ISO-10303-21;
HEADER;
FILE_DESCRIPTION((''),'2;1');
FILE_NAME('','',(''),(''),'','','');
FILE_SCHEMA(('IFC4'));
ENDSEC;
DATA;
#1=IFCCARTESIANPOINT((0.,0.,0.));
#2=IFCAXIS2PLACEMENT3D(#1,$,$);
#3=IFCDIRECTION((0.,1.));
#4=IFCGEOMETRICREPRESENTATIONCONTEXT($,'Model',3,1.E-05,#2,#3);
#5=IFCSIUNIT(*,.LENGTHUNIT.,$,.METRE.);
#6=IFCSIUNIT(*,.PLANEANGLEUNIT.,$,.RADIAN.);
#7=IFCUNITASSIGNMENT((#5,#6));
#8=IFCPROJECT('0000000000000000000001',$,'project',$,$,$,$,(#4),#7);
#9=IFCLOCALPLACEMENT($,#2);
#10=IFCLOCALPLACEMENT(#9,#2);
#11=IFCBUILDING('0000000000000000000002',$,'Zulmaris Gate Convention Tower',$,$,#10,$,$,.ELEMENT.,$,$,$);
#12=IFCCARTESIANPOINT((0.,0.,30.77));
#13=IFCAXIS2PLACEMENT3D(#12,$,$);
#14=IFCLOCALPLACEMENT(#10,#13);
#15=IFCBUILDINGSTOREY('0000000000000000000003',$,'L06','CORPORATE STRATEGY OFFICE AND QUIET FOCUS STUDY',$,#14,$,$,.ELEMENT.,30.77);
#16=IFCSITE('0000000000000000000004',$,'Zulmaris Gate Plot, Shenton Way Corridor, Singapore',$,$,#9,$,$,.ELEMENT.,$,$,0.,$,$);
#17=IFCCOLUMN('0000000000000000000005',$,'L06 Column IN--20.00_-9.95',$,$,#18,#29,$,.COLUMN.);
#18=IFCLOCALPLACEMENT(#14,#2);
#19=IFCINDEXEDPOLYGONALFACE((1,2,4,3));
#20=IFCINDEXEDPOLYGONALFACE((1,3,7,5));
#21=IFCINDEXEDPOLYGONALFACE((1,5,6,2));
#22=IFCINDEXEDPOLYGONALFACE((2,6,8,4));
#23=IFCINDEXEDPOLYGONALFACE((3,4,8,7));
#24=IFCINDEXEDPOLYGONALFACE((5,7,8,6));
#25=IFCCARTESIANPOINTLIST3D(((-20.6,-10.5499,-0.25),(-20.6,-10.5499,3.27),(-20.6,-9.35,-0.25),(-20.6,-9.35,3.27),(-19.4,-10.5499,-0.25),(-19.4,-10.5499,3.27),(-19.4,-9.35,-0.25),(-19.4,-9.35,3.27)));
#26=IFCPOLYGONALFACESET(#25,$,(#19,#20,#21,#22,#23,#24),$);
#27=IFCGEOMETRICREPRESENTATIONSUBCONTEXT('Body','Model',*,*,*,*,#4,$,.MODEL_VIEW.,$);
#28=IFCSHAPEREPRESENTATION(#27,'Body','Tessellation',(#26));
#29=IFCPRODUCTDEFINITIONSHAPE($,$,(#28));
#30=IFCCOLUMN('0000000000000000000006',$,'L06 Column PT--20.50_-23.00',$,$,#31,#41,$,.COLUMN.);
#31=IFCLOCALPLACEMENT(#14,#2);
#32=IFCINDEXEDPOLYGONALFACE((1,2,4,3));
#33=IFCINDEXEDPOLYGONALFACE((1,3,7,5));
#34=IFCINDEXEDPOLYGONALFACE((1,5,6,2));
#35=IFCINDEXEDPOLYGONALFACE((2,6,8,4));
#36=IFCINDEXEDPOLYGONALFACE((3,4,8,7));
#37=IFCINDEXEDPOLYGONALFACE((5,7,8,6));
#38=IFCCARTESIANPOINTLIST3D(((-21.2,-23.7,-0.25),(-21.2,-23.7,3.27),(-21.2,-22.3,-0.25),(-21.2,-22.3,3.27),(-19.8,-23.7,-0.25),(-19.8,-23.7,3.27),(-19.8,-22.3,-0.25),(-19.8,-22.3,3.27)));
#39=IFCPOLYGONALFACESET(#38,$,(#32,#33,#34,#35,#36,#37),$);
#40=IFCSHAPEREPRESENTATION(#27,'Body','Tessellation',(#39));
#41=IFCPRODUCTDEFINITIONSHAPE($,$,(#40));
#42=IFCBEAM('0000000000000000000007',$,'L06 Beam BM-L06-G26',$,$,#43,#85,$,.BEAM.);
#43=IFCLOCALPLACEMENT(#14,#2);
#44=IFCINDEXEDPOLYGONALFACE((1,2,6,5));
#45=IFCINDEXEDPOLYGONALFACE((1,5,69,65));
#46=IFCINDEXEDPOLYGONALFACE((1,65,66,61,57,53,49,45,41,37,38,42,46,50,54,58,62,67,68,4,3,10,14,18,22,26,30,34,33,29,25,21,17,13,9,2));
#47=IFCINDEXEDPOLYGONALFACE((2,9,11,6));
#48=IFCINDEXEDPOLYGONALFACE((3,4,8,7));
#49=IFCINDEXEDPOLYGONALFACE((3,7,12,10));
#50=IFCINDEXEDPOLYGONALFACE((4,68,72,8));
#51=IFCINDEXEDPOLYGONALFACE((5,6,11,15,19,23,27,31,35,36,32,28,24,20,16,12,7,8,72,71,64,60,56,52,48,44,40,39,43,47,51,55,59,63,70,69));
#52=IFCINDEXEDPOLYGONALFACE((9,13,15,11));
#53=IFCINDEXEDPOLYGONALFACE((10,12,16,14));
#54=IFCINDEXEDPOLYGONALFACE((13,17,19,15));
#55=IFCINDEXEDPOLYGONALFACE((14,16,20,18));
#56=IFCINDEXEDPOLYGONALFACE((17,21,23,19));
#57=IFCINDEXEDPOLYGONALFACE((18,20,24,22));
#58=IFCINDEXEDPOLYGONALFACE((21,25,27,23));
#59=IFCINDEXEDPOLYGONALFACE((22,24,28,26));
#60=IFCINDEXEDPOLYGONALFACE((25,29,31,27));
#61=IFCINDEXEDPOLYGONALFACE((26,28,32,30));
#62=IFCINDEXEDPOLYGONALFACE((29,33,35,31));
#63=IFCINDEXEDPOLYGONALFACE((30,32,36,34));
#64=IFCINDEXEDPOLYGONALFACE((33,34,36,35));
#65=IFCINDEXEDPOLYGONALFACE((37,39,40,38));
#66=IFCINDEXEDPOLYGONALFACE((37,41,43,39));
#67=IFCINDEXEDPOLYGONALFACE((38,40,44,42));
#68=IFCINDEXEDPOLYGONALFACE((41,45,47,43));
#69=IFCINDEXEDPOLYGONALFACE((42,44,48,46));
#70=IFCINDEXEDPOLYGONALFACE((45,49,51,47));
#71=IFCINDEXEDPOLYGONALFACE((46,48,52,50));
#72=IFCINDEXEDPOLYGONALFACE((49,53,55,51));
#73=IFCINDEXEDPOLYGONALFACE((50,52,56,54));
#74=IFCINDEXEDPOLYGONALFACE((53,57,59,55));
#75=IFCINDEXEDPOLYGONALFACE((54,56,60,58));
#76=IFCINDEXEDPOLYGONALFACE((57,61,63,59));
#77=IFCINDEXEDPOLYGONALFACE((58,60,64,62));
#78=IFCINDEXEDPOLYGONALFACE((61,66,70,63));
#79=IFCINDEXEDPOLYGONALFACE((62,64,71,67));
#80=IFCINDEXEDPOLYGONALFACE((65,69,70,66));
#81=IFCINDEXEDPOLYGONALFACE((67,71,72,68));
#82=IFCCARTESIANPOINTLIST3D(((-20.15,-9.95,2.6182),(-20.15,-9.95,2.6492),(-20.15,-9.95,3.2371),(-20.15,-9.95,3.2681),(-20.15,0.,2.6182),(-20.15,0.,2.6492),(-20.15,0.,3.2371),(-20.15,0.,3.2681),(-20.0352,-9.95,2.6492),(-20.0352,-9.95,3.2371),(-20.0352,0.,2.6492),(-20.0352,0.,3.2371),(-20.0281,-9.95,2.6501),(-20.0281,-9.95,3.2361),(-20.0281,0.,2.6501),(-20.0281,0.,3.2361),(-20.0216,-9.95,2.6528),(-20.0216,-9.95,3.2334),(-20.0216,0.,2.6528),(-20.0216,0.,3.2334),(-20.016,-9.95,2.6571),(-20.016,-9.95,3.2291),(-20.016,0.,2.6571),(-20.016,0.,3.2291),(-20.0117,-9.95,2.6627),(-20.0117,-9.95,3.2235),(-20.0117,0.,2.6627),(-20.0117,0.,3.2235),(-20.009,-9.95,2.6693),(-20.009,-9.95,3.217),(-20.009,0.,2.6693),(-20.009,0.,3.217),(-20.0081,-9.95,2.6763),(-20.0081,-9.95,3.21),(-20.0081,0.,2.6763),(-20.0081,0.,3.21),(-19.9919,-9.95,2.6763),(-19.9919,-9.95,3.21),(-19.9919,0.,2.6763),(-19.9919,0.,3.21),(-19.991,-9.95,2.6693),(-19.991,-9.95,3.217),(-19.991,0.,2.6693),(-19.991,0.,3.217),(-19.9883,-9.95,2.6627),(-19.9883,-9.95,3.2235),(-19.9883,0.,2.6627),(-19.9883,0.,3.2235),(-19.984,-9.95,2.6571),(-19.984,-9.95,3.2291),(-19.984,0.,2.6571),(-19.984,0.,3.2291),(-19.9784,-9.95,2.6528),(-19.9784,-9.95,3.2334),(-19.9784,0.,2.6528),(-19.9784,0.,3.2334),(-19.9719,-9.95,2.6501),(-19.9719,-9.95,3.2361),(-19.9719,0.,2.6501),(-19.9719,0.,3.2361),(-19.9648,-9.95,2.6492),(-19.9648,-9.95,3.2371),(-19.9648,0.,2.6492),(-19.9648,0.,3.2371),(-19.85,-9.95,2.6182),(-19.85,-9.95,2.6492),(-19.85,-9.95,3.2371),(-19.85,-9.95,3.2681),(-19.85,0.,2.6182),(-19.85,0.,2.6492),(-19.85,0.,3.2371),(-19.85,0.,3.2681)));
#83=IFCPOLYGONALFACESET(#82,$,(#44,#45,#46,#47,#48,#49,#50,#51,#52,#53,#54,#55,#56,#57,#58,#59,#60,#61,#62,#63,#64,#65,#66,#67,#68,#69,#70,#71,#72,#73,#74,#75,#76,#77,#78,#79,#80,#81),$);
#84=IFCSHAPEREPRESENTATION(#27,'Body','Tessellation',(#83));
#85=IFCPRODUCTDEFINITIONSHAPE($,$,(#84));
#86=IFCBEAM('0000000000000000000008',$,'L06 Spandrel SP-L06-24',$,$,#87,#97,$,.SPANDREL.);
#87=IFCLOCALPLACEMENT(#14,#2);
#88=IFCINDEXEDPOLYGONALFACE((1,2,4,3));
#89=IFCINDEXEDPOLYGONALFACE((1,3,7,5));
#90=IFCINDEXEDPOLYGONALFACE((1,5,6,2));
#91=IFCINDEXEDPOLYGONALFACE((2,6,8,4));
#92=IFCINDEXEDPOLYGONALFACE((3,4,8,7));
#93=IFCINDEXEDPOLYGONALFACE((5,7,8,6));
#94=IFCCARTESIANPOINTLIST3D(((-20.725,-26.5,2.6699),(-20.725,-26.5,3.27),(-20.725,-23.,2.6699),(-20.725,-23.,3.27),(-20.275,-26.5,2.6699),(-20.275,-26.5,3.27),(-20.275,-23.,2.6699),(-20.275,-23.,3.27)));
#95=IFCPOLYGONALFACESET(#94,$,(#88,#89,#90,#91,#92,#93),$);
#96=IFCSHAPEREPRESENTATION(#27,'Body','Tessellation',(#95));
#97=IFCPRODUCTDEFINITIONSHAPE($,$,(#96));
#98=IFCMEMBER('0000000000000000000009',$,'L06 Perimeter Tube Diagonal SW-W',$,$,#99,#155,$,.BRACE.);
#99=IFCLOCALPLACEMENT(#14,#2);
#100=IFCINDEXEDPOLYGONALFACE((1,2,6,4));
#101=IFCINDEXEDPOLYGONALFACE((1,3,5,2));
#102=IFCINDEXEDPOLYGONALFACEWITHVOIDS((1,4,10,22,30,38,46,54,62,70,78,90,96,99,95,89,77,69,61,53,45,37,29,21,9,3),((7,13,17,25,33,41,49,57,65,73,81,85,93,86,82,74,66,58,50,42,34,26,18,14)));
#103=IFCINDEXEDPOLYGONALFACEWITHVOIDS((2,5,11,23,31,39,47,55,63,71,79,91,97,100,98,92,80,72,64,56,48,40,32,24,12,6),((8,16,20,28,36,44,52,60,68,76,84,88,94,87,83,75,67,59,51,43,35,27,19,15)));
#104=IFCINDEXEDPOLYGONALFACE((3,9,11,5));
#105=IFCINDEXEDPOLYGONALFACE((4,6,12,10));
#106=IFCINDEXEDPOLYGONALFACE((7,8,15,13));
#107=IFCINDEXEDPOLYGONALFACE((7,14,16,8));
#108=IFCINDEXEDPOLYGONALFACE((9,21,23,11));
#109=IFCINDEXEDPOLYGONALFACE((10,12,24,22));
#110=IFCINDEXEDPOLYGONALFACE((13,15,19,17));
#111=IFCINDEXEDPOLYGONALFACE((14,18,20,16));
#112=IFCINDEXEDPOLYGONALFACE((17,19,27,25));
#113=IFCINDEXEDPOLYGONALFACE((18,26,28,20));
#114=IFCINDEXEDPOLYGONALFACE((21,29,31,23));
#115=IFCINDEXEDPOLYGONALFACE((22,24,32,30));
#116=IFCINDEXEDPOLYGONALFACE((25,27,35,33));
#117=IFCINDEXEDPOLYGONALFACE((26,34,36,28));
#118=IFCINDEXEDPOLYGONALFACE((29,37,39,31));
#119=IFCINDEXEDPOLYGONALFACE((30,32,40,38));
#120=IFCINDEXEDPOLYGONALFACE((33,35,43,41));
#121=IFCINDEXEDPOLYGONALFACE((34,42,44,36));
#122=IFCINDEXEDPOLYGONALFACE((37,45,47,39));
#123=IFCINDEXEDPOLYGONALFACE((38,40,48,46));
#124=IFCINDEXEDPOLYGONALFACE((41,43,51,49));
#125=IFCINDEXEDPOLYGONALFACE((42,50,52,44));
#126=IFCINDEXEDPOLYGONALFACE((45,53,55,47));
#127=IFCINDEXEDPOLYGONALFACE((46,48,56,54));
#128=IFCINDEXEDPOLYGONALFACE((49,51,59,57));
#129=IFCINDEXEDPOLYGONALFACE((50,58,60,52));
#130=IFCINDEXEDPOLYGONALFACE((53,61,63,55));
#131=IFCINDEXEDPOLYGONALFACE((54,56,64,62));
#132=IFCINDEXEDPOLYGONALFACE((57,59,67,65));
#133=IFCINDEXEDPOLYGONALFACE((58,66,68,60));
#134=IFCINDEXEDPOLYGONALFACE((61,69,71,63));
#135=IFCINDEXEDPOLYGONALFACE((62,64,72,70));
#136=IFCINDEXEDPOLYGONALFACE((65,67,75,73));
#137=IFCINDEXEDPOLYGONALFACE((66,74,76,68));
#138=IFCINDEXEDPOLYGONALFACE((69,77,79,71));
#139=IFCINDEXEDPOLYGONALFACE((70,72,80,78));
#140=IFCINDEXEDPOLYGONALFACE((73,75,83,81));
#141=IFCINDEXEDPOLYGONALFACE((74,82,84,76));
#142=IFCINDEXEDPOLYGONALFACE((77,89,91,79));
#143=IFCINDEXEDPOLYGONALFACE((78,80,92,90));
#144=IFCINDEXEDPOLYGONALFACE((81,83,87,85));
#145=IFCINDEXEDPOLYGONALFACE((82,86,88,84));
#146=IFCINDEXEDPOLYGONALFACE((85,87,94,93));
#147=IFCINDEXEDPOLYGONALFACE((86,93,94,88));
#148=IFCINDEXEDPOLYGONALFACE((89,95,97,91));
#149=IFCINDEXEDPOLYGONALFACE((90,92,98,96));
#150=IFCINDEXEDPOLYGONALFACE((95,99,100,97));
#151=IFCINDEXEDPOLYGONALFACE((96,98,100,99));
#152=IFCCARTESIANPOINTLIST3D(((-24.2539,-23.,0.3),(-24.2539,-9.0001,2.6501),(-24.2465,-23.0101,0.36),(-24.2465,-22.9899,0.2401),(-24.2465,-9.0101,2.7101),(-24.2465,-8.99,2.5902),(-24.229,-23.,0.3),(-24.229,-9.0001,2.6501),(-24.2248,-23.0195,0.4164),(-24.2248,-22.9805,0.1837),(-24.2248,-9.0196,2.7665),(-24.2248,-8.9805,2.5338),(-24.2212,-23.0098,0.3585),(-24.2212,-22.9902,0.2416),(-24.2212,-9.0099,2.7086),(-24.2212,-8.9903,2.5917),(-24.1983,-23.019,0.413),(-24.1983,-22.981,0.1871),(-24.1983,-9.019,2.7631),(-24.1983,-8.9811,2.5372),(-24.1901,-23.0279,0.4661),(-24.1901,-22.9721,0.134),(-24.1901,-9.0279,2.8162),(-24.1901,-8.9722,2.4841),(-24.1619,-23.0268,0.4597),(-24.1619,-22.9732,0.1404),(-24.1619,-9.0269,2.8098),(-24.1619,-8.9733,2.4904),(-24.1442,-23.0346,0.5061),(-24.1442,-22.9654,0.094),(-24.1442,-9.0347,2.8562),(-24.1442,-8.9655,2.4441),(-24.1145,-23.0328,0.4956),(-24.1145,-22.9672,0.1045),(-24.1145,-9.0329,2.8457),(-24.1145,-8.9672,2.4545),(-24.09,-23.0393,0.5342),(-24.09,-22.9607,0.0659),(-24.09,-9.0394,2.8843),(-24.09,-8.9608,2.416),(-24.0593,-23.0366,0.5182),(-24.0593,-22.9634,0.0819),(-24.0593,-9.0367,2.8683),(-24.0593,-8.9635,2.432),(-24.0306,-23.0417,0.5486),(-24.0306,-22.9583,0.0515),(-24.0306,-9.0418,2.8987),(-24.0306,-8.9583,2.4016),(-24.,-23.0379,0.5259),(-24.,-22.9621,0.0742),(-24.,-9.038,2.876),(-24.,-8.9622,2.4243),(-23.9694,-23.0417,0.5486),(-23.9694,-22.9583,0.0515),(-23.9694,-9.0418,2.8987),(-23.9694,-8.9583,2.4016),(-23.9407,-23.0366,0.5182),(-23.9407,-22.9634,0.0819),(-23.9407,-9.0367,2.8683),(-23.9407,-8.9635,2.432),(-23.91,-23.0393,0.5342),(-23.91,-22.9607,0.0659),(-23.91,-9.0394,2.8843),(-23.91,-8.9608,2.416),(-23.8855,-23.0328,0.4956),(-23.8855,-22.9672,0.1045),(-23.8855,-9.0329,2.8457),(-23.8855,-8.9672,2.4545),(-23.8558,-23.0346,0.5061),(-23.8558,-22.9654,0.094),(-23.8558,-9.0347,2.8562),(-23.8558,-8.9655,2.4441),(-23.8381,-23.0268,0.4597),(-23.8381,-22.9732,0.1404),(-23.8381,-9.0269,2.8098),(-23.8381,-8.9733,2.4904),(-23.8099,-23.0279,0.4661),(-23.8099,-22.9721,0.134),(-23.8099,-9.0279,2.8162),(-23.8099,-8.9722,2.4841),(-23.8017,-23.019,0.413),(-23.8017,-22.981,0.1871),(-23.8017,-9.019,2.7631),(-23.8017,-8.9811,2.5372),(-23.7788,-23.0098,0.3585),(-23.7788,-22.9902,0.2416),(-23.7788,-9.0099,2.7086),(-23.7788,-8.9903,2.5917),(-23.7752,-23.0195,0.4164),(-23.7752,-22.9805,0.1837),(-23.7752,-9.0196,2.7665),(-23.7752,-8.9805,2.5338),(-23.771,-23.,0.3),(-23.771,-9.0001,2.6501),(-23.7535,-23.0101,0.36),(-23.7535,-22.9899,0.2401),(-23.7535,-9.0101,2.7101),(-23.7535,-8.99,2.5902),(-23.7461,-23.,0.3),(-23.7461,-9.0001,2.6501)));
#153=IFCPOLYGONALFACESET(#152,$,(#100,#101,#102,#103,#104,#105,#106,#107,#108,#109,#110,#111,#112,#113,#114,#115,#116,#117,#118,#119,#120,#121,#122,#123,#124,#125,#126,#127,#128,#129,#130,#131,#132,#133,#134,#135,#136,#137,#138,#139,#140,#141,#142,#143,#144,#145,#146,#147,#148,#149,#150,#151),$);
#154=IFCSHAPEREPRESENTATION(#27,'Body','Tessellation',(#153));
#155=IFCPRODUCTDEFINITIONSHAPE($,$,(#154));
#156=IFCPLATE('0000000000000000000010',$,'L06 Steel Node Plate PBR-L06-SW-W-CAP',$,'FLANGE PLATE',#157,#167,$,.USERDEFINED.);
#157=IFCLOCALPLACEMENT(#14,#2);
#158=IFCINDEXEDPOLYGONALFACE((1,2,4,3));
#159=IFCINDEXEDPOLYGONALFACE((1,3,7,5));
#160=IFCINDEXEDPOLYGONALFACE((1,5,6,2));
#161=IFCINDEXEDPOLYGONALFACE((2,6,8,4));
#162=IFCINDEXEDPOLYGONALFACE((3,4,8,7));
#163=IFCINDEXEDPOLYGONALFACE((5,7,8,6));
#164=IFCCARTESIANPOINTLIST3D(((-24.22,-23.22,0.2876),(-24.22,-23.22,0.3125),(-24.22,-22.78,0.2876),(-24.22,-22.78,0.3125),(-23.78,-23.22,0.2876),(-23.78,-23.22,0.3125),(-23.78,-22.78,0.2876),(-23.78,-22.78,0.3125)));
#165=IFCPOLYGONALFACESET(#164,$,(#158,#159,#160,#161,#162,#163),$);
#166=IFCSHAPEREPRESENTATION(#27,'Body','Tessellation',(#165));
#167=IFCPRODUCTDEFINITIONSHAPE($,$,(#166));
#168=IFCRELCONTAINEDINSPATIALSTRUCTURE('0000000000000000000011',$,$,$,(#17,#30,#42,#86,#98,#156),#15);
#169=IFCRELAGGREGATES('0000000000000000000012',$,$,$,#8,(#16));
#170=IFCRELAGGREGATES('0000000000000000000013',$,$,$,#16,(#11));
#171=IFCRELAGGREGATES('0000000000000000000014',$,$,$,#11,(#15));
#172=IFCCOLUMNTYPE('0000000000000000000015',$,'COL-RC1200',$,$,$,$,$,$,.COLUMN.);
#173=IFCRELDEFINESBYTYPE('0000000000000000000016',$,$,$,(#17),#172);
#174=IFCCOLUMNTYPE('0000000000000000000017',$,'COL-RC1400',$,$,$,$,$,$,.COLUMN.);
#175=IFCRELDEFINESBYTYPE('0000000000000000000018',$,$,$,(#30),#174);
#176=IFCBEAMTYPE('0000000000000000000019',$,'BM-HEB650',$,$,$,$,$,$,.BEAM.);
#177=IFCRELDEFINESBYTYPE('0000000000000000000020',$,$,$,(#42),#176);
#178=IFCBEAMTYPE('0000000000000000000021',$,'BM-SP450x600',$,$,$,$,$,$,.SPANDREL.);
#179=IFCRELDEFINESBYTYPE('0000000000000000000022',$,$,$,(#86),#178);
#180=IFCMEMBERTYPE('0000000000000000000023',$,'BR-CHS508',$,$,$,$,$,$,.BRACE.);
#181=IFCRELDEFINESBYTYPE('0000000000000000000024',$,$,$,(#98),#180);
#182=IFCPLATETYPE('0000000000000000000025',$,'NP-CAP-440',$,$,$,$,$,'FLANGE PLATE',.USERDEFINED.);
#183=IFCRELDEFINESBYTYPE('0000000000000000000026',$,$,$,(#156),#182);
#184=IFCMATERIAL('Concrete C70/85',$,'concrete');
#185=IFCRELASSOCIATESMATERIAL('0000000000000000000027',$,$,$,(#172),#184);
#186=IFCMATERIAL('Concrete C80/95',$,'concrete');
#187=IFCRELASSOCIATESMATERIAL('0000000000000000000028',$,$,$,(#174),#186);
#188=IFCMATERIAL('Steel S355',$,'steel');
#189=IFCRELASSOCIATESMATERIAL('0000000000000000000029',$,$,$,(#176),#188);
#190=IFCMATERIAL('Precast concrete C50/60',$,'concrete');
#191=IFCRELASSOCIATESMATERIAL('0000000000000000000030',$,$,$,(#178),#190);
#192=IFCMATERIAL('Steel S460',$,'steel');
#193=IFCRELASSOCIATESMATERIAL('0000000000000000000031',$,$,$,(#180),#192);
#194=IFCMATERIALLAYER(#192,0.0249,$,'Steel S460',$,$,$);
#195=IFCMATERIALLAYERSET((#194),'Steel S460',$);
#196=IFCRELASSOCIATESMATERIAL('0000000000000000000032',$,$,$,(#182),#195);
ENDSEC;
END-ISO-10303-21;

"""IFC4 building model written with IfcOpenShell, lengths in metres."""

from ifc_helpers import new_model, si_unit, direction, frame, origin, origin_2d, place, context, subcontext, project, spatial, rectangle, hollow_circle, i_section, extrude, material, layer, layer_set, material_profile, profile_set, type_object, element, save


model = new_model("IFC4")

# Units and contexts
model_context = context("Model", 3, precision=1e-05, world=origin(), true_north=direction((0.0, 1.0)))
body_context = subcontext(model_context, "Body", "Model", "MODEL_VIEW")
ifc_project = project(units=[si_unit("LENGTHUNIT", "METRE"), si_unit("PLANEANGLEUNIT", "RADIAN")], contexts=[model_context])

# Site, building, storey
site_placement = place(None, origin())
site = spatial("IfcSite", under=ifc_project, at=site_placement, Name="Zulmaris Gate Plot, Shenton Way Corridor, Singapore", CompositionType="ELEMENT", RefElevation=0.0)
building_placement = place(site_placement, origin())
building = spatial("IfcBuilding", under=site, at=building_placement, Name="Zulmaris Gate Convention Tower", CompositionType="ELEMENT")
storey_placement = place(building_placement, frame((0.0, 0.0, 30.77)))
storey = spatial("IfcBuildingStorey", under=building, at=storey_placement, Name="L06", Description="CORPORATE STRATEGY OFFICE AND QUIET FOCUS STUDY", CompositionType="ELEMENT", Elevation=30.77)

# Columns
ifc_material_1 = material(Name="Concrete C70/85", Category="concrete")
ifc_material_profile_1 = material_profile(ifc_material_1, rectangle(XDim=1.2, YDim=1.2, at=origin_2d()), Name="RC COL 1200x1200")
ifc_profile_set_1 = profile_set([ifc_material_profile_1], Name="Concrete C70/85")
column_type_1 = type_object("IfcColumnType", Name="COL-RC1200", PredefinedType="COLUMN", material=ifc_profile_set_1)
column_1_placement = place(storey_placement, frame((-20.0, -9.95, -0.25), z_axis=(0.0, 0.0, 1.0), x_axis=(1.0, 0.0, 0.0)))
element("IfcColumn", 1, at=column_1_placement, inside=storey, type_object=column_type_1, Name="L06 Column IN--20.00_-9.95", PredefinedType="COLUMN", context=body_context, shape_type="SweptSolid", body=[
    extrude(rectangle(XDim=1.2, YDim=1.2, at=origin_2d()), origin(), (0.0, 0.0, 1.0), 3.52),
])
ifc_material_2 = material(Name="Concrete C80/95", Category="concrete")
ifc_material_profile_2 = material_profile(ifc_material_2, rectangle(XDim=1.3999, YDim=1.3999, at=origin_2d()), Name="RC COL 1400x1400")
ifc_profile_set_2 = profile_set([ifc_material_profile_2], Name="Concrete C80/95")
column_type_2 = type_object("IfcColumnType", Name="COL-RC1400", PredefinedType="COLUMN", material=ifc_profile_set_2)
column_2_placement = place(storey_placement, frame((-20.5, -23.0, -0.25), z_axis=(0.0, 0.0, 1.0), x_axis=(1.0, 0.0, 0.0)))
element("IfcColumn", 2, at=column_2_placement, inside=storey, type_object=column_type_2, Name="L06 Column PT--20.50_-23.00", PredefinedType="COLUMN", context=body_context, shape_type="SweptSolid", body=[
    extrude(rectangle(XDim=1.3999, YDim=1.3999, at=origin_2d()), origin(), (0.0, 0.0, 1.0), 3.52),
])

# Beams
ifc_material_3 = material(Name="Steel S355", Category="steel")
ifc_material_profile_3 = material_profile(ifc_material_3, i_section(OverallWidth=0.3, OverallDepth=0.6499, WebThickness=0.0161, FlangeThickness=0.031, FilletRadius=0.0271, at=origin_2d()), Name="HEB 650")
ifc_profile_set_3 = profile_set([ifc_material_profile_3], Name="Steel S355")
beam_type_1 = type_object("IfcBeamType", Name="BM-HEB650", PredefinedType="BEAM", material=ifc_profile_set_3)
beam_1_placement = place(storey_placement, frame((-20.0, -9.95, 2.9431), z_axis=(0.0, 1.0, 0.0), x_axis=(-1.0, 0.0, 0.0)))
element("IfcBeam", 3, at=beam_1_placement, inside=storey, type_object=beam_type_1, Name="L06 Beam BM-L06-G26", PredefinedType="BEAM", context=body_context, shape_type="SweptSolid", body=[
    extrude(i_section(OverallWidth=0.3, OverallDepth=0.6499, WebThickness=0.0161, FlangeThickness=0.031, FilletRadius=0.0271, at=origin_2d()), origin(), (0.0, 0.0, 1.0), 9.95),
])
ifc_material_4 = material(Name="Precast concrete C50/60", Category="concrete")
ifc_material_profile_4 = material_profile(ifc_material_4, rectangle(XDim=0.45, YDim=0.6001, at=origin_2d()), Name="RC SPANDREL 450x600")
ifc_profile_set_4 = profile_set([ifc_material_profile_4], Name="Precast concrete C50/60")
beam_type_2 = type_object("IfcBeamType", Name="BM-SP450x600", PredefinedType="SPANDREL", material=ifc_profile_set_4)
beam_2_placement = place(storey_placement, frame((-20.5, -23.0, 2.97), z_axis=(0.0, -1.0, 0.0), x_axis=(1.0, 0.0, 0.0)))
element("IfcBeam", 4, at=beam_2_placement, inside=storey, type_object=beam_type_2, Name="L06 Spandrel SP-L06-24", PredefinedType="SPANDREL", context=body_context, shape_type="SweptSolid", body=[
    extrude(rectangle(XDim=0.45, YDim=0.6001, at=origin_2d()), origin(), (0.0, 0.0, 1.0), 3.5),
])

# Member
ifc_material_5 = material(Name="Steel S460", Category="steel")
ifc_material_profile_5 = material_profile(ifc_material_5, hollow_circle(Radius=0.2539, WallThickness=0.0249, at=origin_2d()), Name="CHS 508x25")
ifc_profile_set_5 = profile_set([ifc_material_profile_5], Name="Steel S460")
member_type = type_object("IfcMemberType", Name="BR-CHS508", PredefinedType="BRACE", material=ifc_profile_set_5)
member_placement = place(storey_placement, frame((-24.0, -23.0, 0.3), z_axis=(0.0, 0.986202, 0.165548), x_axis=(-1.0, 0.0, 0.0)))
element("IfcMember", 5, at=member_placement, inside=storey, type_object=member_type, Name="L06 Perimeter Tube Diagonal SW-W", PredefinedType="BRACE", context=body_context, shape_type="SweptSolid", body=[
    extrude(hollow_circle(Radius=0.2539, WallThickness=0.0249, at=origin_2d()), origin(), (0.0, 0.0, 1.0), 14.1958),
])

# Plate
ifc_layer_1 = layer(ifc_material_5, 0.0249, Name="Steel S460")
ifc_layer_set_1 = layer_set([ifc_layer_1], Name="Steel S460")
plate_type = type_object("IfcPlateType", Name="NP-CAP-440", ElementType="FLANGE PLATE", PredefinedType="USERDEFINED", material=ifc_layer_set_1)
plate_placement = place(storey_placement, frame((-24.0, -23.0, 0.2876), z_axis=(0.0, 0.0, 1.0), x_axis=(1.0, 0.0, 0.0)))
element("IfcPlate", 6, at=plate_placement, inside=storey, type_object=plate_type, Name="L06 Steel Node Plate PBR-L06-SW-W-CAP", ObjectType="FLANGE PLATE", PredefinedType="USERDEFINED", context=body_context, shape_type="SweptSolid", body=[
    extrude(rectangle(XDim=0.4399, YDim=0.4399, at=origin_2d()), origin(), (0.0, 0.0, 1.0), 0.0249),
])

save(model, "model.ifc")
